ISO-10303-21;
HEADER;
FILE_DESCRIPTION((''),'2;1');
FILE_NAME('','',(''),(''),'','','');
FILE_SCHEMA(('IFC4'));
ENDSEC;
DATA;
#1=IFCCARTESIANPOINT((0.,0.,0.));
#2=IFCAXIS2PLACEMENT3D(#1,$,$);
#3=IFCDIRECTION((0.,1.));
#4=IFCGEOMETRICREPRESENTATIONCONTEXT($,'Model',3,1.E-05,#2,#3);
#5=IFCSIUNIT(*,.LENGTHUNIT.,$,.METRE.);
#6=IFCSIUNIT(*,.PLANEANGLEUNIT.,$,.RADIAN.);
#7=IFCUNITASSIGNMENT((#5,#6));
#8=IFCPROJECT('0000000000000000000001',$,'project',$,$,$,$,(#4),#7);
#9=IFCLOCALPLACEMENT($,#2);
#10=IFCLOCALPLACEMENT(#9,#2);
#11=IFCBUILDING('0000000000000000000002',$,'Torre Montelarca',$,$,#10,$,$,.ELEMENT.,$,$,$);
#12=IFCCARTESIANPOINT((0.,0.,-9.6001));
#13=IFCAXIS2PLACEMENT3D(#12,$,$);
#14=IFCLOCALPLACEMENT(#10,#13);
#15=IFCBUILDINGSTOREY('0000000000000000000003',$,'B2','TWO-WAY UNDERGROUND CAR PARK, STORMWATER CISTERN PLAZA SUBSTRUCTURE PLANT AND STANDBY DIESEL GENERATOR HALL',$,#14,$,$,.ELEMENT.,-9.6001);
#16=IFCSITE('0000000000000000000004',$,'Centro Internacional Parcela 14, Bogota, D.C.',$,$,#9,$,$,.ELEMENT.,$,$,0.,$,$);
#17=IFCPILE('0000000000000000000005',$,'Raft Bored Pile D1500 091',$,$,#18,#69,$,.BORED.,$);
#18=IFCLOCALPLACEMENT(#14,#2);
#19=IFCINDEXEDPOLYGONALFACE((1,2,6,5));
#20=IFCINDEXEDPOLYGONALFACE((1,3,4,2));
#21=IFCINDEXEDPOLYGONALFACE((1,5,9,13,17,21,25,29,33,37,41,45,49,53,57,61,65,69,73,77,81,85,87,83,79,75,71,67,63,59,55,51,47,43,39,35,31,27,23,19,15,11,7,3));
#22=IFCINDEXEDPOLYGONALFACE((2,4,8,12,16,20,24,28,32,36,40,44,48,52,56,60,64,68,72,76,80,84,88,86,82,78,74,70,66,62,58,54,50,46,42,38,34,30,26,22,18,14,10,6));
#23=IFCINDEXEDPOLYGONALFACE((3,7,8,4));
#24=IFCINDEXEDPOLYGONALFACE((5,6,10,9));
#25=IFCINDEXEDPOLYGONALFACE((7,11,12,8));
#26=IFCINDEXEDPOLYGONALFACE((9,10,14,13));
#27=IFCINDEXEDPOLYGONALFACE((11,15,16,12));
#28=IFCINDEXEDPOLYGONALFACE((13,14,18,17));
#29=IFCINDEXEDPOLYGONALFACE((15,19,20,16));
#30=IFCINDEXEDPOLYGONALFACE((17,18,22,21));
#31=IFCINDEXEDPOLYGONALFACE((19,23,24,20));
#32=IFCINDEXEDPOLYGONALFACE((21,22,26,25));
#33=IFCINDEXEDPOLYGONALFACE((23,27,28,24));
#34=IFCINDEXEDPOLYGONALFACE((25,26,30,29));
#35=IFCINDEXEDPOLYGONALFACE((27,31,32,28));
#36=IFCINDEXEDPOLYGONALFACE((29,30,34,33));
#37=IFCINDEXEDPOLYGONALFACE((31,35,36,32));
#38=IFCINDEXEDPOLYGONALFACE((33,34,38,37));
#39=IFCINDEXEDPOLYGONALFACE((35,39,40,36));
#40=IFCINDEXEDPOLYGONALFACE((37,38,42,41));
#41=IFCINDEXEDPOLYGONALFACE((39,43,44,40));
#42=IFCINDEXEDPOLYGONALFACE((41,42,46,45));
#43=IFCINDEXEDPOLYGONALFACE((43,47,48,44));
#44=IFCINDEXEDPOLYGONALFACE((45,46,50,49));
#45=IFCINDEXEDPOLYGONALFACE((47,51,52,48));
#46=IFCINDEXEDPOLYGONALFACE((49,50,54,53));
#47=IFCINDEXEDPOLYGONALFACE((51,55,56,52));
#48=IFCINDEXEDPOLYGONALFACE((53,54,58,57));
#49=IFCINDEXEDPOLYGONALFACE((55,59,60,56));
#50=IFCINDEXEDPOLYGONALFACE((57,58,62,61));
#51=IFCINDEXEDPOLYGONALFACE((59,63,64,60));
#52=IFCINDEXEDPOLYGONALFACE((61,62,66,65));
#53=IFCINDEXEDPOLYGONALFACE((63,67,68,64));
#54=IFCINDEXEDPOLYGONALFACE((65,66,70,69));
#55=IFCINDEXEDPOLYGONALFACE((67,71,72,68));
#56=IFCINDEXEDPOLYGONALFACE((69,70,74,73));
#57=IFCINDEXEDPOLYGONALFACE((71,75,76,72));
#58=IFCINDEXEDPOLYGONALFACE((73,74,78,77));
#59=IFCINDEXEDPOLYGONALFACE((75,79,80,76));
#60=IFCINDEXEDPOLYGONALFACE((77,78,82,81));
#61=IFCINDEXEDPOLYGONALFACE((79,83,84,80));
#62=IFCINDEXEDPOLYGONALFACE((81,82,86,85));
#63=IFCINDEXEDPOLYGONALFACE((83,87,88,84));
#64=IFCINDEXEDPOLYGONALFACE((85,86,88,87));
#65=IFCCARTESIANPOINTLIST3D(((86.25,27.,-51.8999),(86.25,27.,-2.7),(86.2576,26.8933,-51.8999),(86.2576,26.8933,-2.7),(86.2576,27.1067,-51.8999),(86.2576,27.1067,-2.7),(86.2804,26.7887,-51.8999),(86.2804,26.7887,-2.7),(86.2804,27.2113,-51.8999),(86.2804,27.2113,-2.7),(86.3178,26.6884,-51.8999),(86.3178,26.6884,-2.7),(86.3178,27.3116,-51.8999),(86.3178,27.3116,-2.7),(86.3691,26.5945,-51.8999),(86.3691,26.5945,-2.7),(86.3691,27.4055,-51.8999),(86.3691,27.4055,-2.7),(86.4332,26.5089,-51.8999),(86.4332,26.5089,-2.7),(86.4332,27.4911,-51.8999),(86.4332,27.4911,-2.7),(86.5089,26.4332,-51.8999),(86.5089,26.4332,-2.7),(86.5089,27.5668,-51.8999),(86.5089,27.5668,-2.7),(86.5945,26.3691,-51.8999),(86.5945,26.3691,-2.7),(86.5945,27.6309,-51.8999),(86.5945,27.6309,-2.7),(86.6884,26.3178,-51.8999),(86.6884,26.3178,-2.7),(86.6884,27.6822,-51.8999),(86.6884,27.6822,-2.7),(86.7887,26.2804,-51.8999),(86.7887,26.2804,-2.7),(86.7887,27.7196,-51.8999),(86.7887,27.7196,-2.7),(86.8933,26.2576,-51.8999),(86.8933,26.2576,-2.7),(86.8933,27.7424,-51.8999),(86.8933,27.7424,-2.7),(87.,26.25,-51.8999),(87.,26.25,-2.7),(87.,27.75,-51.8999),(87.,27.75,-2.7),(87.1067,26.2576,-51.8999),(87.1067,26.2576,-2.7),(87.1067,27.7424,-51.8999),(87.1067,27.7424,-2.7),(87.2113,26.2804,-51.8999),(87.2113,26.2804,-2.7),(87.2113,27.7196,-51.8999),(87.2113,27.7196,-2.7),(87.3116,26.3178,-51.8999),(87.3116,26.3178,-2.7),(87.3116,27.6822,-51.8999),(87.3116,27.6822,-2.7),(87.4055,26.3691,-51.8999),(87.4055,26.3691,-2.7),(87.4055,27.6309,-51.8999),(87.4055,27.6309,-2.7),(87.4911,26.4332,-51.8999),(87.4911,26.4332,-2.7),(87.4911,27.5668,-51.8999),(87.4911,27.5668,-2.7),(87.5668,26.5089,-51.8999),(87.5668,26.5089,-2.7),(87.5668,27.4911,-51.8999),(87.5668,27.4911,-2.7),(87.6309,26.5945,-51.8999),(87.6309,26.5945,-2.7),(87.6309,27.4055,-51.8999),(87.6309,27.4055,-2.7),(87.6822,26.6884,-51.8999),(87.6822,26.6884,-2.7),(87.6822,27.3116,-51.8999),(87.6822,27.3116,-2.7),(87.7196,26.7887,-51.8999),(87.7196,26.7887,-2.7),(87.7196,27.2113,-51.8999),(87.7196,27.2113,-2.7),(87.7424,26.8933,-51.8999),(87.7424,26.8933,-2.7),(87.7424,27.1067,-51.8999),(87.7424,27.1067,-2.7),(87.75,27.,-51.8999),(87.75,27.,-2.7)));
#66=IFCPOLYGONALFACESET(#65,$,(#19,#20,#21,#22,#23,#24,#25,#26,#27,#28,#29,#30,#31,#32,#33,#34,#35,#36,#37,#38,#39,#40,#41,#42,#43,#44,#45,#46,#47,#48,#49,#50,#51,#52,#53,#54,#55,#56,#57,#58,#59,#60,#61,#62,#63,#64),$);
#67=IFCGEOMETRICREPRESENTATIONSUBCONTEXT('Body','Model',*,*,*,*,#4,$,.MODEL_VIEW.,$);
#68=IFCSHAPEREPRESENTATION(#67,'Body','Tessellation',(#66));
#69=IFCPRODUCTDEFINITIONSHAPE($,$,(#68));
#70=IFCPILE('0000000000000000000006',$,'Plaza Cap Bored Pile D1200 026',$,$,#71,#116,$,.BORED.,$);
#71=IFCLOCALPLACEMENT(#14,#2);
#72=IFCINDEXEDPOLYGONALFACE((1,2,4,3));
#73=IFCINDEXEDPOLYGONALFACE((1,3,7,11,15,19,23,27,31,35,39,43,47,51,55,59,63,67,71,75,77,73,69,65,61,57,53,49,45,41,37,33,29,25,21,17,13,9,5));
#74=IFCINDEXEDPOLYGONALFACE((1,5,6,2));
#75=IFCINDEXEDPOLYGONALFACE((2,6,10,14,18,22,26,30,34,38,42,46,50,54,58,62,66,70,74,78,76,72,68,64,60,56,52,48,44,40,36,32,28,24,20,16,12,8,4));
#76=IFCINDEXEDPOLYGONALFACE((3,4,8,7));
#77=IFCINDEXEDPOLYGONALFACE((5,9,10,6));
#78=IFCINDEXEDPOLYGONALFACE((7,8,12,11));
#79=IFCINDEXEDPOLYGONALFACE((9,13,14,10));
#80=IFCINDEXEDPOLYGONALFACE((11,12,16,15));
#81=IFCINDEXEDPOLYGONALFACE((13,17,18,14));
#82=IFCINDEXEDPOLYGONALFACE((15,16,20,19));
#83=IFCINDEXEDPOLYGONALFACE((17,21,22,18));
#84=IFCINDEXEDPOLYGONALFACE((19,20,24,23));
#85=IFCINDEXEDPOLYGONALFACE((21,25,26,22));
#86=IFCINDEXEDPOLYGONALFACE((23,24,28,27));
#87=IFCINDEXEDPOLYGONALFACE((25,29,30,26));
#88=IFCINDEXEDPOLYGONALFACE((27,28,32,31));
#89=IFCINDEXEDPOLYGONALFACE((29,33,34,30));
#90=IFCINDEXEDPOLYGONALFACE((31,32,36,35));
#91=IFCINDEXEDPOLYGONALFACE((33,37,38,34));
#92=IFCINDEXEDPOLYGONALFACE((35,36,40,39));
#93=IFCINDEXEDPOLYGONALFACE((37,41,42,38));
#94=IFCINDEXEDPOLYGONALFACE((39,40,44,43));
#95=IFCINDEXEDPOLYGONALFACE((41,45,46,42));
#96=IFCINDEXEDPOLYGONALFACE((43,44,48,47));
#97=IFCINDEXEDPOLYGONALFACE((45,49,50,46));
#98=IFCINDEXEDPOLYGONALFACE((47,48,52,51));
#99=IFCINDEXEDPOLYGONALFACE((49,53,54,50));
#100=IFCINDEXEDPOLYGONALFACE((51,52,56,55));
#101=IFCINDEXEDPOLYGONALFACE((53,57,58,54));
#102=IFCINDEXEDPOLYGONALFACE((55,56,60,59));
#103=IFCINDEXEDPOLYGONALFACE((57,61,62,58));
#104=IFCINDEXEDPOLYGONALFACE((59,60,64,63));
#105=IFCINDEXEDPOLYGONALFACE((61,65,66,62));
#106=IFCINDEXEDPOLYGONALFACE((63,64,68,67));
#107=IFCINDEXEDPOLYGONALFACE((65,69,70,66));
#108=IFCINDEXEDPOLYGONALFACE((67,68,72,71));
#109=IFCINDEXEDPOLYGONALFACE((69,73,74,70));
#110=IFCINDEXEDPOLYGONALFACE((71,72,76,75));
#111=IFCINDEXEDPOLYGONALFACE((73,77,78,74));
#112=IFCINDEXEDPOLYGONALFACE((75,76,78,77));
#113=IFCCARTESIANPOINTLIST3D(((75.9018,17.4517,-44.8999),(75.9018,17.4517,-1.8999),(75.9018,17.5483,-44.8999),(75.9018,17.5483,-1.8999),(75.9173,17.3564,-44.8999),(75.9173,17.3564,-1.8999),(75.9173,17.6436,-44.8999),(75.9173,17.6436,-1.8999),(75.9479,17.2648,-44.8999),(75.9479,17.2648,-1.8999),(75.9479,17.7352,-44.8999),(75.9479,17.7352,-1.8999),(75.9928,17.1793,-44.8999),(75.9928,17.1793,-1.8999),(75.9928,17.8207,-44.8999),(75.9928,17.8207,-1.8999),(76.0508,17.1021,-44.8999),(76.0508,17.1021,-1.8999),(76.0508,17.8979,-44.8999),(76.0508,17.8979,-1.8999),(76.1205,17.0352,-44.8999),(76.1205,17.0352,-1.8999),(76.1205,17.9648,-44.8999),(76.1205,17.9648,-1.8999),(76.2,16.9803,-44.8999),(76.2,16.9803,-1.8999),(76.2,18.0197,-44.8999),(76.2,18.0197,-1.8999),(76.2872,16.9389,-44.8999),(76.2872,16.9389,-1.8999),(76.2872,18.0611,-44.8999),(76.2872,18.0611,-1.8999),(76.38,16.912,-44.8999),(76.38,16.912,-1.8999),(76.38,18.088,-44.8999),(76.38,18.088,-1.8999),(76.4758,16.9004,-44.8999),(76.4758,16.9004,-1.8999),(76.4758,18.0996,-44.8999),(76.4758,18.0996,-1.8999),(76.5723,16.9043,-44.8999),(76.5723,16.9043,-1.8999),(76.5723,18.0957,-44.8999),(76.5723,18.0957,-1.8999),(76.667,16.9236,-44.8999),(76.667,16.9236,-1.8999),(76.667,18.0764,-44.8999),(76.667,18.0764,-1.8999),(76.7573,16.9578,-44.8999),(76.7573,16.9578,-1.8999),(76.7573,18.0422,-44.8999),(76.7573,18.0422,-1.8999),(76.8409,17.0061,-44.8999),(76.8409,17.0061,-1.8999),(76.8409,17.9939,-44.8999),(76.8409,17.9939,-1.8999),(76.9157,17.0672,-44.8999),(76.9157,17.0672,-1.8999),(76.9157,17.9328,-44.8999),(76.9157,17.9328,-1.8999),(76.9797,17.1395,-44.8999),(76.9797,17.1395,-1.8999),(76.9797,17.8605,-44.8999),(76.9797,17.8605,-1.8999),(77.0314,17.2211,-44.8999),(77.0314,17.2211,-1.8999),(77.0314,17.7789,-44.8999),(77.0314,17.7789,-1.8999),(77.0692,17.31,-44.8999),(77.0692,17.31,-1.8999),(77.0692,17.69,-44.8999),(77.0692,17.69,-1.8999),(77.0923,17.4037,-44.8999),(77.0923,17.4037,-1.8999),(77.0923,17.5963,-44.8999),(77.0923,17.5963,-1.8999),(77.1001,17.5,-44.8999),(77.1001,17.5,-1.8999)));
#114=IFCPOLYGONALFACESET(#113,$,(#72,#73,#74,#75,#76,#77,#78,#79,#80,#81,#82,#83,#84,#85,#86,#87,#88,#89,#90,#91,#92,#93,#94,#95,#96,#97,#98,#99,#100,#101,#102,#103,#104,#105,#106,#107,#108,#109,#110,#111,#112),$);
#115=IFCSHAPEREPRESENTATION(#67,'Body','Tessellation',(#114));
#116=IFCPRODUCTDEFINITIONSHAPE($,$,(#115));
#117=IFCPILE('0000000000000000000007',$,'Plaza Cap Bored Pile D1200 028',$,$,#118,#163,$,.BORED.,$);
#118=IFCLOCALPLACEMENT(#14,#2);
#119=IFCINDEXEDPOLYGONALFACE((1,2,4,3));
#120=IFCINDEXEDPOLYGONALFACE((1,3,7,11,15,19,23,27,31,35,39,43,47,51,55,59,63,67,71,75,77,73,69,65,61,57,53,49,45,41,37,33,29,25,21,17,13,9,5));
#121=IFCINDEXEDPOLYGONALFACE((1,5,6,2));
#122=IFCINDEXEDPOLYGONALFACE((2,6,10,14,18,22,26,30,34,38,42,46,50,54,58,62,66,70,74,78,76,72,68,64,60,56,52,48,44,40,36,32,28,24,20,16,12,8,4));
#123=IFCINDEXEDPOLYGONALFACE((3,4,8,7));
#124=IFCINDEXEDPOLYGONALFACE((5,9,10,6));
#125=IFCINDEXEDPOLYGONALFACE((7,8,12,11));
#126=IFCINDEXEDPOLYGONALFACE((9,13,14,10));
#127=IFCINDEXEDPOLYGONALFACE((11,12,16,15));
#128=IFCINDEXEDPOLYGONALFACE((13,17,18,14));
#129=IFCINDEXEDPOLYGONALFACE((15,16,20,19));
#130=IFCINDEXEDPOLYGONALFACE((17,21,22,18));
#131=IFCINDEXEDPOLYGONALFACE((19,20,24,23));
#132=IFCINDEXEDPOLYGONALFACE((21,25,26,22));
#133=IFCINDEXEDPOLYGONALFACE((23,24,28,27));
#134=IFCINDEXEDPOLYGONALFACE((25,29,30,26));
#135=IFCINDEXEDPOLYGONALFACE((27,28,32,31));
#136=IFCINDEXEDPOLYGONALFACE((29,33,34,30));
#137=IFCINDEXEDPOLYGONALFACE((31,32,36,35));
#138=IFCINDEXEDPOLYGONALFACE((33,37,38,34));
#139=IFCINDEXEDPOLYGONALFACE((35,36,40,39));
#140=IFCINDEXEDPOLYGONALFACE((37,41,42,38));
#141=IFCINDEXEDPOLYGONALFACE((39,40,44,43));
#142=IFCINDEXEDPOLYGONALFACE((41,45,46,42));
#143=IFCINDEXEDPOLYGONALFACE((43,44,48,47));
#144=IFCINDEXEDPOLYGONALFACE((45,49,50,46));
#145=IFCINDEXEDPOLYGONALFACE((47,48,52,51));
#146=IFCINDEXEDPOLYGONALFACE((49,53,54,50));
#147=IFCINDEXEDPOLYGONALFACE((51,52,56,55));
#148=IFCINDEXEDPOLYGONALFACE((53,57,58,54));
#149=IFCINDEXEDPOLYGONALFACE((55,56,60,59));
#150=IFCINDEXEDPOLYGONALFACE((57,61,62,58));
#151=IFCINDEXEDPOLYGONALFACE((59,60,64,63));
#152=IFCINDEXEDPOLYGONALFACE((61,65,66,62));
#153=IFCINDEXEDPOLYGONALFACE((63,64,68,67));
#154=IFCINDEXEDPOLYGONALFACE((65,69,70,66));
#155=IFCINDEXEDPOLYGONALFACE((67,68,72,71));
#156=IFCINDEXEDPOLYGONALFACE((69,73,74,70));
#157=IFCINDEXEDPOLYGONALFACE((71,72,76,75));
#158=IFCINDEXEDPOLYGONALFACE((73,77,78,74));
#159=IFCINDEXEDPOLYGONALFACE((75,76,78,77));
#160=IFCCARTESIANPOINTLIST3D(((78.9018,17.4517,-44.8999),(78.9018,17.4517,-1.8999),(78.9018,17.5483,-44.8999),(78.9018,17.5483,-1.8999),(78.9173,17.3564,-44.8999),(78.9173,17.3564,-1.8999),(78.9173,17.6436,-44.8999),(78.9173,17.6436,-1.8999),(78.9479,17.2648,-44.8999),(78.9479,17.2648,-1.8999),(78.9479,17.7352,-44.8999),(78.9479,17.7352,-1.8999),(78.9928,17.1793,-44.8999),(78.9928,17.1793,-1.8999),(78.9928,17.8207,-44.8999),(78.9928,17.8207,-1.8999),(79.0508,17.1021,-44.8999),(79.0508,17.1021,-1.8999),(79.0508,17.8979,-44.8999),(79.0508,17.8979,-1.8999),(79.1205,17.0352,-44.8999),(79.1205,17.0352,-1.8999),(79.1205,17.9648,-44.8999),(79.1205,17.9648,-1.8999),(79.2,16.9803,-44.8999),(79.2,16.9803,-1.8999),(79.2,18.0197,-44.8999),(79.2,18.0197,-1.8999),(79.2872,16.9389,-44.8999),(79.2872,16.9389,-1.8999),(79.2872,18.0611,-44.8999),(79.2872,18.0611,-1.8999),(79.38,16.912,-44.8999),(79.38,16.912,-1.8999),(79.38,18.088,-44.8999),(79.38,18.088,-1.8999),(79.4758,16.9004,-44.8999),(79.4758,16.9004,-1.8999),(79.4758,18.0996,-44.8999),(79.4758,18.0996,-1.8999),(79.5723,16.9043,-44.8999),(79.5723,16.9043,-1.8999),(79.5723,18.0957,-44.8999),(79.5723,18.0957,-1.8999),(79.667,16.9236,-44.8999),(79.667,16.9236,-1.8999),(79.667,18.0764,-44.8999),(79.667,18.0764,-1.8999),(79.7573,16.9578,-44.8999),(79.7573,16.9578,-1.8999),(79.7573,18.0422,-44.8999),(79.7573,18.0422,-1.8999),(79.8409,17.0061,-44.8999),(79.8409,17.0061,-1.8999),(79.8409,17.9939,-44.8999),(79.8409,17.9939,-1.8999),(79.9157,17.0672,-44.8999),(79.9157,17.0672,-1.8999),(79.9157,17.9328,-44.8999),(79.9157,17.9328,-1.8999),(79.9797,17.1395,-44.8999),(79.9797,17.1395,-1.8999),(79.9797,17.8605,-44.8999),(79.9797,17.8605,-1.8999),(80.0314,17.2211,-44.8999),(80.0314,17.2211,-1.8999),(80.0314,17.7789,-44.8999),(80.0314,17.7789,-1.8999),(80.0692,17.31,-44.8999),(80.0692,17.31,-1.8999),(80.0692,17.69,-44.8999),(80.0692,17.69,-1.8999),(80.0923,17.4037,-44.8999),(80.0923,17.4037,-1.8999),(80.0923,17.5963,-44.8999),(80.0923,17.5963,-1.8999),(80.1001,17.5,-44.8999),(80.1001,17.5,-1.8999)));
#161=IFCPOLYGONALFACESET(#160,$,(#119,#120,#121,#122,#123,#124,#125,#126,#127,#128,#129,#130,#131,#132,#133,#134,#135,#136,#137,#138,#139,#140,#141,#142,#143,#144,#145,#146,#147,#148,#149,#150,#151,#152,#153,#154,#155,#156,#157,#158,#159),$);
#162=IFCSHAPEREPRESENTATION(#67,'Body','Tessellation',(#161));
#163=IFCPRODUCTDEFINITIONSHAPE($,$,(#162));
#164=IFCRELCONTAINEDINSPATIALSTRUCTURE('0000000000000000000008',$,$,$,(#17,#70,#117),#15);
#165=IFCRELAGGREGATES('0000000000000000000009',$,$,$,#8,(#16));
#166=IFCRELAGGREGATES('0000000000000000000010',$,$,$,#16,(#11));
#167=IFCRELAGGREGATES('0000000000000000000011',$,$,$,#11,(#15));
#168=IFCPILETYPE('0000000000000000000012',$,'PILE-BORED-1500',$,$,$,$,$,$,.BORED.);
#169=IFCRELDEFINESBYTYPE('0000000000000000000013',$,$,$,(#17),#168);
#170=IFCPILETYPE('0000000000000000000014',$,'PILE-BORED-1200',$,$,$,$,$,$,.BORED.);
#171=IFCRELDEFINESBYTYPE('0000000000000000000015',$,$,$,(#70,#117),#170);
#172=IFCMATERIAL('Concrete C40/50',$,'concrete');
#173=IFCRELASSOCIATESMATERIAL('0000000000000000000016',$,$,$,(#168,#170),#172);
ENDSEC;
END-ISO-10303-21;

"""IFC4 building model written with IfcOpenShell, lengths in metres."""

from ifc_helpers import new_model, si_unit, direction, frame, origin, origin_2d, place, context, subcontext, project, spatial, circle, extrude, source, transform, mapped, material, material_profile, profile_set, type_object, element, save


model = new_model("IFC4")

# Units and contexts
model_context = context("Model", 3, precision=1e-05, world=origin(), true_north=direction((0.0, 1.0)))
body_context = subcontext(model_context, "Body", "Model", "MODEL_VIEW")
ifc_project = project(units=[si_unit("LENGTHUNIT", "METRE"), si_unit("PLANEANGLEUNIT", "RADIAN")], contexts=[model_context])

# Site, building, storey
site_placement = place(None, origin())
site = spatial("IfcSite", under=ifc_project, at=site_placement, Name="Centro Internacional Parcela 14, Bogota, D.C.", CompositionType="ELEMENT", RefElevation=0.0)
building_placement = place(site_placement, origin())
building = spatial("IfcBuilding", under=site, at=building_placement, Name="Torre Montelarca", CompositionType="ELEMENT")
storey_placement = place(building_placement, frame((0.0, 0.0, -9.6001)))
storey = spatial("IfcBuildingStorey", under=building, at=storey_placement, Name="B2", Description="TWO-WAY UNDERGROUND CAR PARK, STORMWATER CISTERN PLAZA SUBSTRUCTURE PLANT AND STANDBY DIESEL GENERATOR HALL", CompositionType="ELEMENT", Elevation=-9.6001)

# Piles
ifc_material_1 = material(Name="Concrete C40/50", Category="concrete")
ifc_material_profile_1 = material_profile(ifc_material_1, circle(Radius=0.75, at=origin_2d()), Name="PILE-D1500", Category="concrete")
ifc_profile_set_1 = profile_set([ifc_material_profile_1], Name="Concrete C40/50")
pile_type_1 = type_object("IfcPileType", Name="PILE-BORED-1500", PredefinedType="BORED", material=ifc_profile_set_1)
shared_shape_1 = source(origin(), body_context, "Body", "SweptSolid", [
    extrude(circle(Radius=0.75, at=origin_2d()), origin(), (0.0, 0.0, 1.0), 49.2),
])
for number, where, z_axis, x_axis, name in (
    (1, (87.0, 27.0, -2.7), (0.0, 0.0, -1.0), (1.0, 0.0, 0.0), "Raft Bored Pile D1500 091"),
):
    element("IfcPile", number, at=place(storey_placement, frame(where, z_axis=z_axis, x_axis=x_axis)), inside=storey, type_object=pile_type_1, Name=name, PredefinedType="BORED", context=body_context, shape_type="MappedRepresentation", body=[
        mapped(shared_shape_1, transform((0.0, 0.0, 0.0), scale=1.0)),
    ])
ifc_material_profile_2 = material_profile(ifc_material_1, circle(Radius=0.6001, at=origin_2d()), Name="PILE-D1200", Category="concrete")
ifc_profile_set_2 = profile_set([ifc_material_profile_2], Name="Concrete C40/50")
pile_type_2 = type_object("IfcPileType", Name="PILE-BORED-1200", PredefinedType="BORED", material=ifc_profile_set_2)
shared_shape_2 = source(origin(), body_context, "Body", "SweptSolid", [
    extrude(circle(Radius=0.6001, at=origin_2d()), origin(), (0.0, 0.0, 1.0), 43.0),
])
for number, where, z_axis, x_axis, name in (
    (2, (76.5, 17.5, -1.8999), (0.0, 0.0, -1.0), (1.0, 0.0, 0.0), "Plaza Cap Bored Pile D1200 026"),
    (3, (79.5, 17.5, -1.8999), (0.0, 0.0, -1.0), (1.0, 0.0, 0.0), "Plaza Cap Bored Pile D1200 028"),
):
    element("IfcPile", number, at=place(storey_placement, frame(where, z_axis=z_axis, x_axis=x_axis)), inside=storey, type_object=pile_type_2, Name=name, PredefinedType="BORED", context=body_context, shape_type="MappedRepresentation", body=[
        mapped(shared_shape_2, transform((0.0, 0.0, 0.0), scale=1.0)),
    ])

save(model, "model.ifc")
